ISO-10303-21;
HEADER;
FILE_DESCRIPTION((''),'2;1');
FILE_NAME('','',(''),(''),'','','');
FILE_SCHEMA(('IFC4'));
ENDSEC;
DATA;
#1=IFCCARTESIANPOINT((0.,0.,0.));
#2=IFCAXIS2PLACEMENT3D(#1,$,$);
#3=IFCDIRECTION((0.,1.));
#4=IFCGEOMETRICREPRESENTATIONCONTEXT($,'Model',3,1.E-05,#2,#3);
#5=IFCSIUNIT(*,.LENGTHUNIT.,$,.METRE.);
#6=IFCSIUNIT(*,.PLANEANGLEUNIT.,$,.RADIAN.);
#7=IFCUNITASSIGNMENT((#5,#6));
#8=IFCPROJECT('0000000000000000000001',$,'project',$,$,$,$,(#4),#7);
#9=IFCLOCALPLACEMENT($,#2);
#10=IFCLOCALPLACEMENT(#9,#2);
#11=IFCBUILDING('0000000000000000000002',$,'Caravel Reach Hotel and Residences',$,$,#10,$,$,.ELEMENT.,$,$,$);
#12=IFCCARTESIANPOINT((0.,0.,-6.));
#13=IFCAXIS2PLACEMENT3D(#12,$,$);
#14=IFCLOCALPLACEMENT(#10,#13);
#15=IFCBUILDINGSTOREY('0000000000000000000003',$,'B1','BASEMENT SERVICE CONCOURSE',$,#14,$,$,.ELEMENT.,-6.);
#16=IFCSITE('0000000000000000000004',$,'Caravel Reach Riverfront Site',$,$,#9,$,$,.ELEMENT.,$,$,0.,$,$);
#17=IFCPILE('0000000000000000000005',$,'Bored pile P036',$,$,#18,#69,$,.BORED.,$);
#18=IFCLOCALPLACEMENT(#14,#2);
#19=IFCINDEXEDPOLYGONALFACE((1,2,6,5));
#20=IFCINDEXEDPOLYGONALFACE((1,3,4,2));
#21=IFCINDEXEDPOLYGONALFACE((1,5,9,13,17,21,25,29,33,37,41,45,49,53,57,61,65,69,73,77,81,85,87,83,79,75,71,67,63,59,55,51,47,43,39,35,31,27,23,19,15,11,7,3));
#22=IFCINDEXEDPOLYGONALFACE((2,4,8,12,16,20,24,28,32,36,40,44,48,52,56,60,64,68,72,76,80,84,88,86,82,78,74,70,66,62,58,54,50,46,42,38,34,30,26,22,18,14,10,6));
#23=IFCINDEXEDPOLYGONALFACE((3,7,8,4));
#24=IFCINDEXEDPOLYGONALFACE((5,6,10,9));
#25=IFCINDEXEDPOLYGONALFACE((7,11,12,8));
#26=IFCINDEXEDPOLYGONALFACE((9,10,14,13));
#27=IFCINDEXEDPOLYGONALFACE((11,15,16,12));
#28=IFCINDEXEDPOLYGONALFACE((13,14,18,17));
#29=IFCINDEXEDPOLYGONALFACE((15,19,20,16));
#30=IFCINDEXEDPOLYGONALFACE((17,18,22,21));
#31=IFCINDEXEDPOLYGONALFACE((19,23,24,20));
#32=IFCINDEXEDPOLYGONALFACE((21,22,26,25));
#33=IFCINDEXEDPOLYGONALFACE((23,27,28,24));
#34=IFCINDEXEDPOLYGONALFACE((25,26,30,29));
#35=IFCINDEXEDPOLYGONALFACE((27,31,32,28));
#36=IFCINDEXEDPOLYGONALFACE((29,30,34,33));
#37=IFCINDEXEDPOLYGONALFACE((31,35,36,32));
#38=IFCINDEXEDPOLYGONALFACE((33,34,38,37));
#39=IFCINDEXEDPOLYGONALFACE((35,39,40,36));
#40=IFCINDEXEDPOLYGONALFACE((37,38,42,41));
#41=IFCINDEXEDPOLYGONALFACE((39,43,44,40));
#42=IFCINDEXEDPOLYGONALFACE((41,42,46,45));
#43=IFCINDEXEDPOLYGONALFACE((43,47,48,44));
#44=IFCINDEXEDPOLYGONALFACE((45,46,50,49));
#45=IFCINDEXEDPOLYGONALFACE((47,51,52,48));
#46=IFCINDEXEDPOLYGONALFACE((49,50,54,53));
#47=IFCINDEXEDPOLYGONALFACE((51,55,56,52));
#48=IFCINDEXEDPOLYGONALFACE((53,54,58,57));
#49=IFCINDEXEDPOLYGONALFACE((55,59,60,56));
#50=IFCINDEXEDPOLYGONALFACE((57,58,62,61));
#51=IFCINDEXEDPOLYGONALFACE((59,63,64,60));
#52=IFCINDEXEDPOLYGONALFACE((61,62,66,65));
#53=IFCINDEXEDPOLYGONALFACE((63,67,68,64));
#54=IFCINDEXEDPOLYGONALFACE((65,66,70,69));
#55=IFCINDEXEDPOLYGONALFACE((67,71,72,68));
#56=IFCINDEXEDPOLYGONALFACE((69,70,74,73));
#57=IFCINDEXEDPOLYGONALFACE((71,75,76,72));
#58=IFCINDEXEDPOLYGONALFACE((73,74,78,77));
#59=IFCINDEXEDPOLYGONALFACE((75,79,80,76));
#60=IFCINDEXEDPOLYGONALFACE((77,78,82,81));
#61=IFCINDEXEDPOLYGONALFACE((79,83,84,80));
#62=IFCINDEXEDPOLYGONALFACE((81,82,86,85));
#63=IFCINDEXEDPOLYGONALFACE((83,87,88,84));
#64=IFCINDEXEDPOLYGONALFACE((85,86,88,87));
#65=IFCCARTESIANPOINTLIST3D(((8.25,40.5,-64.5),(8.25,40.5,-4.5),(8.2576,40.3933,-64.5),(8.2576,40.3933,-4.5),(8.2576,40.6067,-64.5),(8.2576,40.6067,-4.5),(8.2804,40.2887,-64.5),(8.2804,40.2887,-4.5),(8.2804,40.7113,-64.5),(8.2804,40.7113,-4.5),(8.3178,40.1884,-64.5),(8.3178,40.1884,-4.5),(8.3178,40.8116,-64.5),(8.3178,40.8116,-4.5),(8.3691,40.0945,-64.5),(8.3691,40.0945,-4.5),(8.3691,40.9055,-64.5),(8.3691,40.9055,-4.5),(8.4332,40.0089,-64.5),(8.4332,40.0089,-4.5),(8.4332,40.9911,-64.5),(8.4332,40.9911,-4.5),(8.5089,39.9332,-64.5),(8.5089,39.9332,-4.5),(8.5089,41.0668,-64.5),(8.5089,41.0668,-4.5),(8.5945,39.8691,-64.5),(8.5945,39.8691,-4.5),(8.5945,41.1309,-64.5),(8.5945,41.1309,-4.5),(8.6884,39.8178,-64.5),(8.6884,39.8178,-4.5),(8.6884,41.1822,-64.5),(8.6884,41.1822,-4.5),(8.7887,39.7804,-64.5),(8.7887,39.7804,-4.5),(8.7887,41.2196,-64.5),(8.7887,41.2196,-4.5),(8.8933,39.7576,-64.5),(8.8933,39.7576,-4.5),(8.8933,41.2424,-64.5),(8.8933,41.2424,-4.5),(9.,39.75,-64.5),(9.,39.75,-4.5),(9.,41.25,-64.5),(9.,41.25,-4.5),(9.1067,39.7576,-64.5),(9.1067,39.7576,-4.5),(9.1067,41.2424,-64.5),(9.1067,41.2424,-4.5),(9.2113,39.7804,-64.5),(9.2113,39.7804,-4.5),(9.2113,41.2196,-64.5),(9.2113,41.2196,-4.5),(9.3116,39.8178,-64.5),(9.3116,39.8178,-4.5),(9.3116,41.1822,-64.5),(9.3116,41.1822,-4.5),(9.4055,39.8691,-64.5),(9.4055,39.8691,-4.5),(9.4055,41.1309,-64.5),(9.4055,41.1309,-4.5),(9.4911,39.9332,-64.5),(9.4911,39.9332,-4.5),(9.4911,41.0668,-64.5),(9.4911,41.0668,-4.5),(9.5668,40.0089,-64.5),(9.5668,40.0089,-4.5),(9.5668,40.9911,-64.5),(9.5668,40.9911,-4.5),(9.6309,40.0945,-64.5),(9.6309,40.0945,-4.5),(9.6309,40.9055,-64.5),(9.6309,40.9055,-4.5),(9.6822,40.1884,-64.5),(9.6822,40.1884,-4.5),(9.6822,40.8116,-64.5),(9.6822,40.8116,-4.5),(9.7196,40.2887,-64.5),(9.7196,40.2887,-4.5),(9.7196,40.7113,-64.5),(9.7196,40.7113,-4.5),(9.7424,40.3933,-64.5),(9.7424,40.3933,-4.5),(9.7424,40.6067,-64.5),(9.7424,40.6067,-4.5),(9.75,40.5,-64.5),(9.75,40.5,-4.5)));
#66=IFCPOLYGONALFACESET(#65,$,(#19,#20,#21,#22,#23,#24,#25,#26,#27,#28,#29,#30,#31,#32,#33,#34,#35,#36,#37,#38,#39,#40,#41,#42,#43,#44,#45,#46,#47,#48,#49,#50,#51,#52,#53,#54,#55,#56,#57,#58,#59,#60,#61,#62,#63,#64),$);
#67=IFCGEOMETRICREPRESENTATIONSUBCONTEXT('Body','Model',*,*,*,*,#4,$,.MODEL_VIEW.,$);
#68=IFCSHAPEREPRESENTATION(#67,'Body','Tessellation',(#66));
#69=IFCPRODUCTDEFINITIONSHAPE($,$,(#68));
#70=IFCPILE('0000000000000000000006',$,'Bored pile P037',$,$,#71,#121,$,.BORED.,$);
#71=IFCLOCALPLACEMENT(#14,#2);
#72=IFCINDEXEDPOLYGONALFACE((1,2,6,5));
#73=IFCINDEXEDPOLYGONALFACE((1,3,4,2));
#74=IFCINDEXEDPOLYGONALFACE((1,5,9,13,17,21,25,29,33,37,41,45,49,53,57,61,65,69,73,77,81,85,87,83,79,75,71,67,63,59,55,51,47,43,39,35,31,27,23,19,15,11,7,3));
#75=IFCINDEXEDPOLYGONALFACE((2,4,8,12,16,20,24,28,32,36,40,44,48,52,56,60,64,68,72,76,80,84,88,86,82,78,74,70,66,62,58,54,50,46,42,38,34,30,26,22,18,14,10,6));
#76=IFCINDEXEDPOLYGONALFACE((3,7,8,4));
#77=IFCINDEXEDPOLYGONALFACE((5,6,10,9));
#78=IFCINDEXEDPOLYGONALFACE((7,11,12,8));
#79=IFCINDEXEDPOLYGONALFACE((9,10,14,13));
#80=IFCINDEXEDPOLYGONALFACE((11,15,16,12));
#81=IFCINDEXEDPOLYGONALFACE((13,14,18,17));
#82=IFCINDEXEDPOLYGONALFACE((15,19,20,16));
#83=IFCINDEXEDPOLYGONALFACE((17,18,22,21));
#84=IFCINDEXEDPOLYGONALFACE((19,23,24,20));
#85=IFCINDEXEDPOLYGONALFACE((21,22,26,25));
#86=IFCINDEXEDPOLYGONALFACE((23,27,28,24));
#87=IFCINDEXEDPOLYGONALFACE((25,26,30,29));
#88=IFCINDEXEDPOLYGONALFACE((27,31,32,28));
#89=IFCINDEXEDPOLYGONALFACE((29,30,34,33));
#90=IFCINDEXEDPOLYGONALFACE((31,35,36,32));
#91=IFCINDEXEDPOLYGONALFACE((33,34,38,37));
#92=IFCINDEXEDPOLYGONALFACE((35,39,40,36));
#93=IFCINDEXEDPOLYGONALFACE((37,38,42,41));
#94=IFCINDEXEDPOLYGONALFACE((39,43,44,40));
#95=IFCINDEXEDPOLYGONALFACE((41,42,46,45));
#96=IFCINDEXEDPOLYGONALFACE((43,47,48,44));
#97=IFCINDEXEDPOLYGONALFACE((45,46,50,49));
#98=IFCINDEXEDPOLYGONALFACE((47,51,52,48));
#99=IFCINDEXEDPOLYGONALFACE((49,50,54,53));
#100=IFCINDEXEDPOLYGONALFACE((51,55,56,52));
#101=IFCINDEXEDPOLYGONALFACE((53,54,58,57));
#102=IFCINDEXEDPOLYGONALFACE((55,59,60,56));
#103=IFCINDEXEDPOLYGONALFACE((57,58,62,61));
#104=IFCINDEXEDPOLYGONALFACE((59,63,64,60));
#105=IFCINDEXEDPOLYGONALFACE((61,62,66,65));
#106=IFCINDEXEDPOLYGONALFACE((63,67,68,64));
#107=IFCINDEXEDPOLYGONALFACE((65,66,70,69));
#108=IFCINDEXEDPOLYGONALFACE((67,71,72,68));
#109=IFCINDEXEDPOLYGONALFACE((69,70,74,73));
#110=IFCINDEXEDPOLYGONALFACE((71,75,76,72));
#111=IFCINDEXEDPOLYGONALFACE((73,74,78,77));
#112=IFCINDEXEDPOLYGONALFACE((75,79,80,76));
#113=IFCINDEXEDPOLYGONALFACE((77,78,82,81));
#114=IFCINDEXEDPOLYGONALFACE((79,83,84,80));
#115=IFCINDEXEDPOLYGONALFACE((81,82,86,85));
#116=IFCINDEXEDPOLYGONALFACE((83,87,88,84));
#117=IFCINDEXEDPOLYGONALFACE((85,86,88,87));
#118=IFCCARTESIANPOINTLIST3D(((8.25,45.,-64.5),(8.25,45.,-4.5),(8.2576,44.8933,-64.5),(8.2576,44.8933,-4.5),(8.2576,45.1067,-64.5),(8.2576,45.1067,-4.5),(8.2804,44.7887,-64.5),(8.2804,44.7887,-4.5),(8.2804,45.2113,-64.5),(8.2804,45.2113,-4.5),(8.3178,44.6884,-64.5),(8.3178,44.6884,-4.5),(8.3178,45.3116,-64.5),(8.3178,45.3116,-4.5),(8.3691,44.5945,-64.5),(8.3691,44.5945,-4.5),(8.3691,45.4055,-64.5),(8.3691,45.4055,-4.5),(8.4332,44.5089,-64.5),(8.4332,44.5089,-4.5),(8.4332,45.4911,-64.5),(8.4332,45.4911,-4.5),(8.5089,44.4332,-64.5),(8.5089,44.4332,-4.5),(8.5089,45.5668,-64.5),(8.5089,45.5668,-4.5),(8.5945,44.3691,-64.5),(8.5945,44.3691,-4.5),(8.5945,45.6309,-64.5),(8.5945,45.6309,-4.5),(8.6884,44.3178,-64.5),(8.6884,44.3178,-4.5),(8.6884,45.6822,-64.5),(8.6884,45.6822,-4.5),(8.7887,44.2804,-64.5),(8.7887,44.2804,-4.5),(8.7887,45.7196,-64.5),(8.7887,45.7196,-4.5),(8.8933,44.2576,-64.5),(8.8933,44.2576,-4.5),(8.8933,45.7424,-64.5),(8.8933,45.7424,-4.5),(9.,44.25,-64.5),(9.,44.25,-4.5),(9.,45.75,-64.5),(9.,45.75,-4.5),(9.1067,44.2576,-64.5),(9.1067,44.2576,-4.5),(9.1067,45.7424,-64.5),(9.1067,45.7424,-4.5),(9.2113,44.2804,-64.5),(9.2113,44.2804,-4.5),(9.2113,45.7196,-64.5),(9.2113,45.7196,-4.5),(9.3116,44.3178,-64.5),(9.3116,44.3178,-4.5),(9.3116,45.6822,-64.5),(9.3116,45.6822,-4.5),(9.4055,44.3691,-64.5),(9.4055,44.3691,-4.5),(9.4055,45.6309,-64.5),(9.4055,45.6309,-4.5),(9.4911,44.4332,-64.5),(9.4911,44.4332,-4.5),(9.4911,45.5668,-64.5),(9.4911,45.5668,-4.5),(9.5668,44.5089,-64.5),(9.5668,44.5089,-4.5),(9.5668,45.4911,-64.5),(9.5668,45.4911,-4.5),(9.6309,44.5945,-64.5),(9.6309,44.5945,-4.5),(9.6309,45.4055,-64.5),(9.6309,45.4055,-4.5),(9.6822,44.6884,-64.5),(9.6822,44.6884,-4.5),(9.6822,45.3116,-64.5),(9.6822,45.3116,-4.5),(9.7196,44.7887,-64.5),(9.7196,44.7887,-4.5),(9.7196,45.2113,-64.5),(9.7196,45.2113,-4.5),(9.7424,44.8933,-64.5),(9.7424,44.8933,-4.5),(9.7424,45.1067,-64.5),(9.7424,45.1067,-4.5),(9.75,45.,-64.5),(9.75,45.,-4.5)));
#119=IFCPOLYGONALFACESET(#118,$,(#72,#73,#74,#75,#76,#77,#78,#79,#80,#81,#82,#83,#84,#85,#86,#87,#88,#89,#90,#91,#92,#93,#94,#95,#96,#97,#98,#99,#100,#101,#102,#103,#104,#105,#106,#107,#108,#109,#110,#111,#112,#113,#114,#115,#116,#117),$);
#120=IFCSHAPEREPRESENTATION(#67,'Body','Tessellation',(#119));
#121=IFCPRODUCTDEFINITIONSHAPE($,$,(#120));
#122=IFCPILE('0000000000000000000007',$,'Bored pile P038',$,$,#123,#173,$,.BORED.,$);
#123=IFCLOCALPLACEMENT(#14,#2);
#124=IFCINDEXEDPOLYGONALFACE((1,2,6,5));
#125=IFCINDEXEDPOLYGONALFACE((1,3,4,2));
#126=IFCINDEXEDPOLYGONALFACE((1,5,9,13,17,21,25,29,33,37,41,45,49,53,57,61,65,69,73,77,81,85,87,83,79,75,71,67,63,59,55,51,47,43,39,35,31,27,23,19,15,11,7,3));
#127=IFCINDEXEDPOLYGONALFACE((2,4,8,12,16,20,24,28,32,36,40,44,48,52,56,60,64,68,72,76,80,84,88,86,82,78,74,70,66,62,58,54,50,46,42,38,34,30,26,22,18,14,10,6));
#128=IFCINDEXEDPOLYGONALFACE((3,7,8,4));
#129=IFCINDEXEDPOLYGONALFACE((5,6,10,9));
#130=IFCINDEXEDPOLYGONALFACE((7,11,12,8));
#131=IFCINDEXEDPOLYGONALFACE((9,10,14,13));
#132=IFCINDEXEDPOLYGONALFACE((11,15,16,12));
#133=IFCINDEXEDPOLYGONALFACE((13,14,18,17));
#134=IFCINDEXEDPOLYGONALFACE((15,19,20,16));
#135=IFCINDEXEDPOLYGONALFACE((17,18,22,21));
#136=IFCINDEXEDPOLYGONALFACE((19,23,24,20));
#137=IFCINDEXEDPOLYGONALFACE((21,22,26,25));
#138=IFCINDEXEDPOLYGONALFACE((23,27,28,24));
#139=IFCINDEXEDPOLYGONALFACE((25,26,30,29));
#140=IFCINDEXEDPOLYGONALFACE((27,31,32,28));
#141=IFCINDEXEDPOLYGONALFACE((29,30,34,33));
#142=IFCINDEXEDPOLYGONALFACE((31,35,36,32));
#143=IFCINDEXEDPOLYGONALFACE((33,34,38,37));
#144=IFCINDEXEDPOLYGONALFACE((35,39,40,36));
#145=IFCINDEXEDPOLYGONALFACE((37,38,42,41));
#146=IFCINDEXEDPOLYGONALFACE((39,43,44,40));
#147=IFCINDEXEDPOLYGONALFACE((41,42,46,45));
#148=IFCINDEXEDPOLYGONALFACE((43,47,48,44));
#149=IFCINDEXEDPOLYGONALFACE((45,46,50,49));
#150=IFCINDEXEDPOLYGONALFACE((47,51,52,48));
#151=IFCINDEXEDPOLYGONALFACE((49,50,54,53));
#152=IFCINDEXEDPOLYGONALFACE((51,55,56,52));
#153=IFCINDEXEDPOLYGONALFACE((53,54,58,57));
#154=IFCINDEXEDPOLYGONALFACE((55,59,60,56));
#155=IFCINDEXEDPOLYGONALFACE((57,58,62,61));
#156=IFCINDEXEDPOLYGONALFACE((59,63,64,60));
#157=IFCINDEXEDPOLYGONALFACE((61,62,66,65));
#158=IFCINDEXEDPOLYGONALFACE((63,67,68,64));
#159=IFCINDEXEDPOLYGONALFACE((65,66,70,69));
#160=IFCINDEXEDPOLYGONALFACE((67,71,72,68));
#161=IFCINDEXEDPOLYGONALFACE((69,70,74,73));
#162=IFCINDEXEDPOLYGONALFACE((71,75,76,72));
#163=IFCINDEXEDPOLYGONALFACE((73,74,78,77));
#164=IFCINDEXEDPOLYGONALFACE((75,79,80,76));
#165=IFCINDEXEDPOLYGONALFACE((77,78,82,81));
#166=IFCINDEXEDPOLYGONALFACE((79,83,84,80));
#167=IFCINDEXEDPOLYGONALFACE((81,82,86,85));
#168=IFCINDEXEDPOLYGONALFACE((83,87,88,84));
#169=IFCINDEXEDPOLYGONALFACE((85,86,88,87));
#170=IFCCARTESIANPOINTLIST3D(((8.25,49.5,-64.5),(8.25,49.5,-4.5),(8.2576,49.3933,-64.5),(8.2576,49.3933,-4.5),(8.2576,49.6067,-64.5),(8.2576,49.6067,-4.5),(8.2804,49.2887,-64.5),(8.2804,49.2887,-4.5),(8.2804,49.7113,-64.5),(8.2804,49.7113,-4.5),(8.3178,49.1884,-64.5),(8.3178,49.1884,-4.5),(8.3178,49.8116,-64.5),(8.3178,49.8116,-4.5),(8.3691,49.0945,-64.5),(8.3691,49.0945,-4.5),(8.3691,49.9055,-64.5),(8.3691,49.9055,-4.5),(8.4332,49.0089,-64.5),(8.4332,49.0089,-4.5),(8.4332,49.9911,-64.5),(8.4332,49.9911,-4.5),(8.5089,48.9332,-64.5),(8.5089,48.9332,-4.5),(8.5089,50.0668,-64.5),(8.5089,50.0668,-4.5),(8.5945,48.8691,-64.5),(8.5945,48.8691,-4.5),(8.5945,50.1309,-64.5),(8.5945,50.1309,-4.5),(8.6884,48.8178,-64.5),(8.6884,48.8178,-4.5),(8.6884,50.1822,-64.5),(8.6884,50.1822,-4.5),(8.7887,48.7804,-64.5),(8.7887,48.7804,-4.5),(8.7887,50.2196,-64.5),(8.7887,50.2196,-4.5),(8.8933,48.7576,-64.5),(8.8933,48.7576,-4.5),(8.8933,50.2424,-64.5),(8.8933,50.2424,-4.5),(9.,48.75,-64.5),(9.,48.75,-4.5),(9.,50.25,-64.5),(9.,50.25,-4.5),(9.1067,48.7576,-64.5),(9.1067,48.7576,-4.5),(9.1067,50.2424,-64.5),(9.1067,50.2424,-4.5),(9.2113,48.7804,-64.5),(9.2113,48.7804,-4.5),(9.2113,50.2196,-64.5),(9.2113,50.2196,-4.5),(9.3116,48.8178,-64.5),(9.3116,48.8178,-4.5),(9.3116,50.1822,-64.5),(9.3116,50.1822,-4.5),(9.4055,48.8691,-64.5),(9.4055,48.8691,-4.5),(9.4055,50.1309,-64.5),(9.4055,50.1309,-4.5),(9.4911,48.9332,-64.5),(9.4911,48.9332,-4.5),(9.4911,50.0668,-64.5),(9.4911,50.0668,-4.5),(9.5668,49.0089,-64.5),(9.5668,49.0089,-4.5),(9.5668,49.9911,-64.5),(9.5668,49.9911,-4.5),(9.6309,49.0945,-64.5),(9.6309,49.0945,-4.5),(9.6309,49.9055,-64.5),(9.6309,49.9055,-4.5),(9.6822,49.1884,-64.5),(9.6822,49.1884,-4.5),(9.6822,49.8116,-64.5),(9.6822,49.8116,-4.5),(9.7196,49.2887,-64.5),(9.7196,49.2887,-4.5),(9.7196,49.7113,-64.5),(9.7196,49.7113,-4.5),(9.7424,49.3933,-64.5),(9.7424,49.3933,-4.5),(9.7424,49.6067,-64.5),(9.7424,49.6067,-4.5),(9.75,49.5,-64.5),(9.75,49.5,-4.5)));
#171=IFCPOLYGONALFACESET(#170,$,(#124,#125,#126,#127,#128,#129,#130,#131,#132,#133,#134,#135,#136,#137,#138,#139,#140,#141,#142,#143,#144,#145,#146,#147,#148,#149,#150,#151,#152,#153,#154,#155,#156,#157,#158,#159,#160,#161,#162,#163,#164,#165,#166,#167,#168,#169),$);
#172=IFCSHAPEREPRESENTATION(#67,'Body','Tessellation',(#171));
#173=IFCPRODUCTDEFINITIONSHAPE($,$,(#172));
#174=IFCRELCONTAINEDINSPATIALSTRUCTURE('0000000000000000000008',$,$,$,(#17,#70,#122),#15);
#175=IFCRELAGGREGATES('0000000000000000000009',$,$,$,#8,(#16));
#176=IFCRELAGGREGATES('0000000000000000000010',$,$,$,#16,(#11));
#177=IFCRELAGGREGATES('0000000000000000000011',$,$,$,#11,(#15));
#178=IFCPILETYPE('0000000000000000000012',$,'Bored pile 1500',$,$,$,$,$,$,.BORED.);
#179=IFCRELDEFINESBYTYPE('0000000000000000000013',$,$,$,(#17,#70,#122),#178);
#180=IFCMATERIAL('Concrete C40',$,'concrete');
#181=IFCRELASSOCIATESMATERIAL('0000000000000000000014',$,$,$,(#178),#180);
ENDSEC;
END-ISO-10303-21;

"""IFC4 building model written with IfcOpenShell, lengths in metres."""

from ifc_helpers import new_model, si_unit, direction, frame, origin, origin_2d, place, context, subcontext, project, spatial, circle, extrude, material, material_profile, profile_set, type_object, element, save


model = new_model("IFC4")

# Units and contexts
model_context = context("Model", 3, precision=1e-05, world=origin(), true_north=direction((0.0, 1.0)))
body_context = subcontext(model_context, "Body", "Model", "MODEL_VIEW")
ifc_project = project(units=[si_unit("LENGTHUNIT", "METRE"), si_unit("PLANEANGLEUNIT", "RADIAN")], contexts=[model_context])

# Site, building, storey
site_placement = place(None, origin())
site = spatial("IfcSite", under=ifc_project, at=site_placement, Name="Caravel Reach Riverfront Site", CompositionType="ELEMENT", RefElevation=0.0)
building_placement = place(site_placement, origin())
building = spatial("IfcBuilding", under=site, at=building_placement, Name="Caravel Reach Hotel and Residences", CompositionType="ELEMENT")
storey_placement = place(building_placement, frame((0.0, 0.0, -6.0)))
storey = spatial("IfcBuildingStorey", under=building, at=storey_placement, Name="B1", Description="BASEMENT SERVICE CONCOURSE", CompositionType="ELEMENT", Elevation=-6.0)

# Piles
ifc_material_1 = material(Name="Concrete C40", Category="concrete")
ifc_material_profile_1 = material_profile(ifc_material_1, circle(Radius=0.75, at=origin_2d()), Name="PILE 1500")
ifc_profile_set_1 = profile_set([ifc_material_profile_1], Name="Concrete C40")
pile_type = type_object("IfcPileType", Name="Bored pile 1500", PredefinedType="BORED", material=ifc_profile_set_1)
for number, where, z_axis, x_axis, name in (
    (1, (9.0, 40.5, -4.5), (0.0, 0.0, -1.0), (1.0, 0.0, 0.0), "Bored pile P036"),
    (2, (9.0, 45.0, -4.5), (0.0, 0.0, -1.0), (1.0, 0.0, 0.0), "Bored pile P037"),
    (3, (9.0, 49.5, -4.5), (0.0, 0.0, -1.0), (1.0, 0.0, 0.0), "Bored pile P038"),
):
    element("IfcPile", number, at=place(storey_placement, frame(where, z_axis=z_axis, x_axis=x_axis)), inside=storey, type_object=pile_type, Name=name, PredefinedType="BORED", context=body_context, shape_type="SweptSolid", body=[
        extrude(circle(Radius=0.75, at=origin_2d()), origin(), (0.0, 0.0, 1.0), 60.0),
    ])

save(model, "model.ifc")
